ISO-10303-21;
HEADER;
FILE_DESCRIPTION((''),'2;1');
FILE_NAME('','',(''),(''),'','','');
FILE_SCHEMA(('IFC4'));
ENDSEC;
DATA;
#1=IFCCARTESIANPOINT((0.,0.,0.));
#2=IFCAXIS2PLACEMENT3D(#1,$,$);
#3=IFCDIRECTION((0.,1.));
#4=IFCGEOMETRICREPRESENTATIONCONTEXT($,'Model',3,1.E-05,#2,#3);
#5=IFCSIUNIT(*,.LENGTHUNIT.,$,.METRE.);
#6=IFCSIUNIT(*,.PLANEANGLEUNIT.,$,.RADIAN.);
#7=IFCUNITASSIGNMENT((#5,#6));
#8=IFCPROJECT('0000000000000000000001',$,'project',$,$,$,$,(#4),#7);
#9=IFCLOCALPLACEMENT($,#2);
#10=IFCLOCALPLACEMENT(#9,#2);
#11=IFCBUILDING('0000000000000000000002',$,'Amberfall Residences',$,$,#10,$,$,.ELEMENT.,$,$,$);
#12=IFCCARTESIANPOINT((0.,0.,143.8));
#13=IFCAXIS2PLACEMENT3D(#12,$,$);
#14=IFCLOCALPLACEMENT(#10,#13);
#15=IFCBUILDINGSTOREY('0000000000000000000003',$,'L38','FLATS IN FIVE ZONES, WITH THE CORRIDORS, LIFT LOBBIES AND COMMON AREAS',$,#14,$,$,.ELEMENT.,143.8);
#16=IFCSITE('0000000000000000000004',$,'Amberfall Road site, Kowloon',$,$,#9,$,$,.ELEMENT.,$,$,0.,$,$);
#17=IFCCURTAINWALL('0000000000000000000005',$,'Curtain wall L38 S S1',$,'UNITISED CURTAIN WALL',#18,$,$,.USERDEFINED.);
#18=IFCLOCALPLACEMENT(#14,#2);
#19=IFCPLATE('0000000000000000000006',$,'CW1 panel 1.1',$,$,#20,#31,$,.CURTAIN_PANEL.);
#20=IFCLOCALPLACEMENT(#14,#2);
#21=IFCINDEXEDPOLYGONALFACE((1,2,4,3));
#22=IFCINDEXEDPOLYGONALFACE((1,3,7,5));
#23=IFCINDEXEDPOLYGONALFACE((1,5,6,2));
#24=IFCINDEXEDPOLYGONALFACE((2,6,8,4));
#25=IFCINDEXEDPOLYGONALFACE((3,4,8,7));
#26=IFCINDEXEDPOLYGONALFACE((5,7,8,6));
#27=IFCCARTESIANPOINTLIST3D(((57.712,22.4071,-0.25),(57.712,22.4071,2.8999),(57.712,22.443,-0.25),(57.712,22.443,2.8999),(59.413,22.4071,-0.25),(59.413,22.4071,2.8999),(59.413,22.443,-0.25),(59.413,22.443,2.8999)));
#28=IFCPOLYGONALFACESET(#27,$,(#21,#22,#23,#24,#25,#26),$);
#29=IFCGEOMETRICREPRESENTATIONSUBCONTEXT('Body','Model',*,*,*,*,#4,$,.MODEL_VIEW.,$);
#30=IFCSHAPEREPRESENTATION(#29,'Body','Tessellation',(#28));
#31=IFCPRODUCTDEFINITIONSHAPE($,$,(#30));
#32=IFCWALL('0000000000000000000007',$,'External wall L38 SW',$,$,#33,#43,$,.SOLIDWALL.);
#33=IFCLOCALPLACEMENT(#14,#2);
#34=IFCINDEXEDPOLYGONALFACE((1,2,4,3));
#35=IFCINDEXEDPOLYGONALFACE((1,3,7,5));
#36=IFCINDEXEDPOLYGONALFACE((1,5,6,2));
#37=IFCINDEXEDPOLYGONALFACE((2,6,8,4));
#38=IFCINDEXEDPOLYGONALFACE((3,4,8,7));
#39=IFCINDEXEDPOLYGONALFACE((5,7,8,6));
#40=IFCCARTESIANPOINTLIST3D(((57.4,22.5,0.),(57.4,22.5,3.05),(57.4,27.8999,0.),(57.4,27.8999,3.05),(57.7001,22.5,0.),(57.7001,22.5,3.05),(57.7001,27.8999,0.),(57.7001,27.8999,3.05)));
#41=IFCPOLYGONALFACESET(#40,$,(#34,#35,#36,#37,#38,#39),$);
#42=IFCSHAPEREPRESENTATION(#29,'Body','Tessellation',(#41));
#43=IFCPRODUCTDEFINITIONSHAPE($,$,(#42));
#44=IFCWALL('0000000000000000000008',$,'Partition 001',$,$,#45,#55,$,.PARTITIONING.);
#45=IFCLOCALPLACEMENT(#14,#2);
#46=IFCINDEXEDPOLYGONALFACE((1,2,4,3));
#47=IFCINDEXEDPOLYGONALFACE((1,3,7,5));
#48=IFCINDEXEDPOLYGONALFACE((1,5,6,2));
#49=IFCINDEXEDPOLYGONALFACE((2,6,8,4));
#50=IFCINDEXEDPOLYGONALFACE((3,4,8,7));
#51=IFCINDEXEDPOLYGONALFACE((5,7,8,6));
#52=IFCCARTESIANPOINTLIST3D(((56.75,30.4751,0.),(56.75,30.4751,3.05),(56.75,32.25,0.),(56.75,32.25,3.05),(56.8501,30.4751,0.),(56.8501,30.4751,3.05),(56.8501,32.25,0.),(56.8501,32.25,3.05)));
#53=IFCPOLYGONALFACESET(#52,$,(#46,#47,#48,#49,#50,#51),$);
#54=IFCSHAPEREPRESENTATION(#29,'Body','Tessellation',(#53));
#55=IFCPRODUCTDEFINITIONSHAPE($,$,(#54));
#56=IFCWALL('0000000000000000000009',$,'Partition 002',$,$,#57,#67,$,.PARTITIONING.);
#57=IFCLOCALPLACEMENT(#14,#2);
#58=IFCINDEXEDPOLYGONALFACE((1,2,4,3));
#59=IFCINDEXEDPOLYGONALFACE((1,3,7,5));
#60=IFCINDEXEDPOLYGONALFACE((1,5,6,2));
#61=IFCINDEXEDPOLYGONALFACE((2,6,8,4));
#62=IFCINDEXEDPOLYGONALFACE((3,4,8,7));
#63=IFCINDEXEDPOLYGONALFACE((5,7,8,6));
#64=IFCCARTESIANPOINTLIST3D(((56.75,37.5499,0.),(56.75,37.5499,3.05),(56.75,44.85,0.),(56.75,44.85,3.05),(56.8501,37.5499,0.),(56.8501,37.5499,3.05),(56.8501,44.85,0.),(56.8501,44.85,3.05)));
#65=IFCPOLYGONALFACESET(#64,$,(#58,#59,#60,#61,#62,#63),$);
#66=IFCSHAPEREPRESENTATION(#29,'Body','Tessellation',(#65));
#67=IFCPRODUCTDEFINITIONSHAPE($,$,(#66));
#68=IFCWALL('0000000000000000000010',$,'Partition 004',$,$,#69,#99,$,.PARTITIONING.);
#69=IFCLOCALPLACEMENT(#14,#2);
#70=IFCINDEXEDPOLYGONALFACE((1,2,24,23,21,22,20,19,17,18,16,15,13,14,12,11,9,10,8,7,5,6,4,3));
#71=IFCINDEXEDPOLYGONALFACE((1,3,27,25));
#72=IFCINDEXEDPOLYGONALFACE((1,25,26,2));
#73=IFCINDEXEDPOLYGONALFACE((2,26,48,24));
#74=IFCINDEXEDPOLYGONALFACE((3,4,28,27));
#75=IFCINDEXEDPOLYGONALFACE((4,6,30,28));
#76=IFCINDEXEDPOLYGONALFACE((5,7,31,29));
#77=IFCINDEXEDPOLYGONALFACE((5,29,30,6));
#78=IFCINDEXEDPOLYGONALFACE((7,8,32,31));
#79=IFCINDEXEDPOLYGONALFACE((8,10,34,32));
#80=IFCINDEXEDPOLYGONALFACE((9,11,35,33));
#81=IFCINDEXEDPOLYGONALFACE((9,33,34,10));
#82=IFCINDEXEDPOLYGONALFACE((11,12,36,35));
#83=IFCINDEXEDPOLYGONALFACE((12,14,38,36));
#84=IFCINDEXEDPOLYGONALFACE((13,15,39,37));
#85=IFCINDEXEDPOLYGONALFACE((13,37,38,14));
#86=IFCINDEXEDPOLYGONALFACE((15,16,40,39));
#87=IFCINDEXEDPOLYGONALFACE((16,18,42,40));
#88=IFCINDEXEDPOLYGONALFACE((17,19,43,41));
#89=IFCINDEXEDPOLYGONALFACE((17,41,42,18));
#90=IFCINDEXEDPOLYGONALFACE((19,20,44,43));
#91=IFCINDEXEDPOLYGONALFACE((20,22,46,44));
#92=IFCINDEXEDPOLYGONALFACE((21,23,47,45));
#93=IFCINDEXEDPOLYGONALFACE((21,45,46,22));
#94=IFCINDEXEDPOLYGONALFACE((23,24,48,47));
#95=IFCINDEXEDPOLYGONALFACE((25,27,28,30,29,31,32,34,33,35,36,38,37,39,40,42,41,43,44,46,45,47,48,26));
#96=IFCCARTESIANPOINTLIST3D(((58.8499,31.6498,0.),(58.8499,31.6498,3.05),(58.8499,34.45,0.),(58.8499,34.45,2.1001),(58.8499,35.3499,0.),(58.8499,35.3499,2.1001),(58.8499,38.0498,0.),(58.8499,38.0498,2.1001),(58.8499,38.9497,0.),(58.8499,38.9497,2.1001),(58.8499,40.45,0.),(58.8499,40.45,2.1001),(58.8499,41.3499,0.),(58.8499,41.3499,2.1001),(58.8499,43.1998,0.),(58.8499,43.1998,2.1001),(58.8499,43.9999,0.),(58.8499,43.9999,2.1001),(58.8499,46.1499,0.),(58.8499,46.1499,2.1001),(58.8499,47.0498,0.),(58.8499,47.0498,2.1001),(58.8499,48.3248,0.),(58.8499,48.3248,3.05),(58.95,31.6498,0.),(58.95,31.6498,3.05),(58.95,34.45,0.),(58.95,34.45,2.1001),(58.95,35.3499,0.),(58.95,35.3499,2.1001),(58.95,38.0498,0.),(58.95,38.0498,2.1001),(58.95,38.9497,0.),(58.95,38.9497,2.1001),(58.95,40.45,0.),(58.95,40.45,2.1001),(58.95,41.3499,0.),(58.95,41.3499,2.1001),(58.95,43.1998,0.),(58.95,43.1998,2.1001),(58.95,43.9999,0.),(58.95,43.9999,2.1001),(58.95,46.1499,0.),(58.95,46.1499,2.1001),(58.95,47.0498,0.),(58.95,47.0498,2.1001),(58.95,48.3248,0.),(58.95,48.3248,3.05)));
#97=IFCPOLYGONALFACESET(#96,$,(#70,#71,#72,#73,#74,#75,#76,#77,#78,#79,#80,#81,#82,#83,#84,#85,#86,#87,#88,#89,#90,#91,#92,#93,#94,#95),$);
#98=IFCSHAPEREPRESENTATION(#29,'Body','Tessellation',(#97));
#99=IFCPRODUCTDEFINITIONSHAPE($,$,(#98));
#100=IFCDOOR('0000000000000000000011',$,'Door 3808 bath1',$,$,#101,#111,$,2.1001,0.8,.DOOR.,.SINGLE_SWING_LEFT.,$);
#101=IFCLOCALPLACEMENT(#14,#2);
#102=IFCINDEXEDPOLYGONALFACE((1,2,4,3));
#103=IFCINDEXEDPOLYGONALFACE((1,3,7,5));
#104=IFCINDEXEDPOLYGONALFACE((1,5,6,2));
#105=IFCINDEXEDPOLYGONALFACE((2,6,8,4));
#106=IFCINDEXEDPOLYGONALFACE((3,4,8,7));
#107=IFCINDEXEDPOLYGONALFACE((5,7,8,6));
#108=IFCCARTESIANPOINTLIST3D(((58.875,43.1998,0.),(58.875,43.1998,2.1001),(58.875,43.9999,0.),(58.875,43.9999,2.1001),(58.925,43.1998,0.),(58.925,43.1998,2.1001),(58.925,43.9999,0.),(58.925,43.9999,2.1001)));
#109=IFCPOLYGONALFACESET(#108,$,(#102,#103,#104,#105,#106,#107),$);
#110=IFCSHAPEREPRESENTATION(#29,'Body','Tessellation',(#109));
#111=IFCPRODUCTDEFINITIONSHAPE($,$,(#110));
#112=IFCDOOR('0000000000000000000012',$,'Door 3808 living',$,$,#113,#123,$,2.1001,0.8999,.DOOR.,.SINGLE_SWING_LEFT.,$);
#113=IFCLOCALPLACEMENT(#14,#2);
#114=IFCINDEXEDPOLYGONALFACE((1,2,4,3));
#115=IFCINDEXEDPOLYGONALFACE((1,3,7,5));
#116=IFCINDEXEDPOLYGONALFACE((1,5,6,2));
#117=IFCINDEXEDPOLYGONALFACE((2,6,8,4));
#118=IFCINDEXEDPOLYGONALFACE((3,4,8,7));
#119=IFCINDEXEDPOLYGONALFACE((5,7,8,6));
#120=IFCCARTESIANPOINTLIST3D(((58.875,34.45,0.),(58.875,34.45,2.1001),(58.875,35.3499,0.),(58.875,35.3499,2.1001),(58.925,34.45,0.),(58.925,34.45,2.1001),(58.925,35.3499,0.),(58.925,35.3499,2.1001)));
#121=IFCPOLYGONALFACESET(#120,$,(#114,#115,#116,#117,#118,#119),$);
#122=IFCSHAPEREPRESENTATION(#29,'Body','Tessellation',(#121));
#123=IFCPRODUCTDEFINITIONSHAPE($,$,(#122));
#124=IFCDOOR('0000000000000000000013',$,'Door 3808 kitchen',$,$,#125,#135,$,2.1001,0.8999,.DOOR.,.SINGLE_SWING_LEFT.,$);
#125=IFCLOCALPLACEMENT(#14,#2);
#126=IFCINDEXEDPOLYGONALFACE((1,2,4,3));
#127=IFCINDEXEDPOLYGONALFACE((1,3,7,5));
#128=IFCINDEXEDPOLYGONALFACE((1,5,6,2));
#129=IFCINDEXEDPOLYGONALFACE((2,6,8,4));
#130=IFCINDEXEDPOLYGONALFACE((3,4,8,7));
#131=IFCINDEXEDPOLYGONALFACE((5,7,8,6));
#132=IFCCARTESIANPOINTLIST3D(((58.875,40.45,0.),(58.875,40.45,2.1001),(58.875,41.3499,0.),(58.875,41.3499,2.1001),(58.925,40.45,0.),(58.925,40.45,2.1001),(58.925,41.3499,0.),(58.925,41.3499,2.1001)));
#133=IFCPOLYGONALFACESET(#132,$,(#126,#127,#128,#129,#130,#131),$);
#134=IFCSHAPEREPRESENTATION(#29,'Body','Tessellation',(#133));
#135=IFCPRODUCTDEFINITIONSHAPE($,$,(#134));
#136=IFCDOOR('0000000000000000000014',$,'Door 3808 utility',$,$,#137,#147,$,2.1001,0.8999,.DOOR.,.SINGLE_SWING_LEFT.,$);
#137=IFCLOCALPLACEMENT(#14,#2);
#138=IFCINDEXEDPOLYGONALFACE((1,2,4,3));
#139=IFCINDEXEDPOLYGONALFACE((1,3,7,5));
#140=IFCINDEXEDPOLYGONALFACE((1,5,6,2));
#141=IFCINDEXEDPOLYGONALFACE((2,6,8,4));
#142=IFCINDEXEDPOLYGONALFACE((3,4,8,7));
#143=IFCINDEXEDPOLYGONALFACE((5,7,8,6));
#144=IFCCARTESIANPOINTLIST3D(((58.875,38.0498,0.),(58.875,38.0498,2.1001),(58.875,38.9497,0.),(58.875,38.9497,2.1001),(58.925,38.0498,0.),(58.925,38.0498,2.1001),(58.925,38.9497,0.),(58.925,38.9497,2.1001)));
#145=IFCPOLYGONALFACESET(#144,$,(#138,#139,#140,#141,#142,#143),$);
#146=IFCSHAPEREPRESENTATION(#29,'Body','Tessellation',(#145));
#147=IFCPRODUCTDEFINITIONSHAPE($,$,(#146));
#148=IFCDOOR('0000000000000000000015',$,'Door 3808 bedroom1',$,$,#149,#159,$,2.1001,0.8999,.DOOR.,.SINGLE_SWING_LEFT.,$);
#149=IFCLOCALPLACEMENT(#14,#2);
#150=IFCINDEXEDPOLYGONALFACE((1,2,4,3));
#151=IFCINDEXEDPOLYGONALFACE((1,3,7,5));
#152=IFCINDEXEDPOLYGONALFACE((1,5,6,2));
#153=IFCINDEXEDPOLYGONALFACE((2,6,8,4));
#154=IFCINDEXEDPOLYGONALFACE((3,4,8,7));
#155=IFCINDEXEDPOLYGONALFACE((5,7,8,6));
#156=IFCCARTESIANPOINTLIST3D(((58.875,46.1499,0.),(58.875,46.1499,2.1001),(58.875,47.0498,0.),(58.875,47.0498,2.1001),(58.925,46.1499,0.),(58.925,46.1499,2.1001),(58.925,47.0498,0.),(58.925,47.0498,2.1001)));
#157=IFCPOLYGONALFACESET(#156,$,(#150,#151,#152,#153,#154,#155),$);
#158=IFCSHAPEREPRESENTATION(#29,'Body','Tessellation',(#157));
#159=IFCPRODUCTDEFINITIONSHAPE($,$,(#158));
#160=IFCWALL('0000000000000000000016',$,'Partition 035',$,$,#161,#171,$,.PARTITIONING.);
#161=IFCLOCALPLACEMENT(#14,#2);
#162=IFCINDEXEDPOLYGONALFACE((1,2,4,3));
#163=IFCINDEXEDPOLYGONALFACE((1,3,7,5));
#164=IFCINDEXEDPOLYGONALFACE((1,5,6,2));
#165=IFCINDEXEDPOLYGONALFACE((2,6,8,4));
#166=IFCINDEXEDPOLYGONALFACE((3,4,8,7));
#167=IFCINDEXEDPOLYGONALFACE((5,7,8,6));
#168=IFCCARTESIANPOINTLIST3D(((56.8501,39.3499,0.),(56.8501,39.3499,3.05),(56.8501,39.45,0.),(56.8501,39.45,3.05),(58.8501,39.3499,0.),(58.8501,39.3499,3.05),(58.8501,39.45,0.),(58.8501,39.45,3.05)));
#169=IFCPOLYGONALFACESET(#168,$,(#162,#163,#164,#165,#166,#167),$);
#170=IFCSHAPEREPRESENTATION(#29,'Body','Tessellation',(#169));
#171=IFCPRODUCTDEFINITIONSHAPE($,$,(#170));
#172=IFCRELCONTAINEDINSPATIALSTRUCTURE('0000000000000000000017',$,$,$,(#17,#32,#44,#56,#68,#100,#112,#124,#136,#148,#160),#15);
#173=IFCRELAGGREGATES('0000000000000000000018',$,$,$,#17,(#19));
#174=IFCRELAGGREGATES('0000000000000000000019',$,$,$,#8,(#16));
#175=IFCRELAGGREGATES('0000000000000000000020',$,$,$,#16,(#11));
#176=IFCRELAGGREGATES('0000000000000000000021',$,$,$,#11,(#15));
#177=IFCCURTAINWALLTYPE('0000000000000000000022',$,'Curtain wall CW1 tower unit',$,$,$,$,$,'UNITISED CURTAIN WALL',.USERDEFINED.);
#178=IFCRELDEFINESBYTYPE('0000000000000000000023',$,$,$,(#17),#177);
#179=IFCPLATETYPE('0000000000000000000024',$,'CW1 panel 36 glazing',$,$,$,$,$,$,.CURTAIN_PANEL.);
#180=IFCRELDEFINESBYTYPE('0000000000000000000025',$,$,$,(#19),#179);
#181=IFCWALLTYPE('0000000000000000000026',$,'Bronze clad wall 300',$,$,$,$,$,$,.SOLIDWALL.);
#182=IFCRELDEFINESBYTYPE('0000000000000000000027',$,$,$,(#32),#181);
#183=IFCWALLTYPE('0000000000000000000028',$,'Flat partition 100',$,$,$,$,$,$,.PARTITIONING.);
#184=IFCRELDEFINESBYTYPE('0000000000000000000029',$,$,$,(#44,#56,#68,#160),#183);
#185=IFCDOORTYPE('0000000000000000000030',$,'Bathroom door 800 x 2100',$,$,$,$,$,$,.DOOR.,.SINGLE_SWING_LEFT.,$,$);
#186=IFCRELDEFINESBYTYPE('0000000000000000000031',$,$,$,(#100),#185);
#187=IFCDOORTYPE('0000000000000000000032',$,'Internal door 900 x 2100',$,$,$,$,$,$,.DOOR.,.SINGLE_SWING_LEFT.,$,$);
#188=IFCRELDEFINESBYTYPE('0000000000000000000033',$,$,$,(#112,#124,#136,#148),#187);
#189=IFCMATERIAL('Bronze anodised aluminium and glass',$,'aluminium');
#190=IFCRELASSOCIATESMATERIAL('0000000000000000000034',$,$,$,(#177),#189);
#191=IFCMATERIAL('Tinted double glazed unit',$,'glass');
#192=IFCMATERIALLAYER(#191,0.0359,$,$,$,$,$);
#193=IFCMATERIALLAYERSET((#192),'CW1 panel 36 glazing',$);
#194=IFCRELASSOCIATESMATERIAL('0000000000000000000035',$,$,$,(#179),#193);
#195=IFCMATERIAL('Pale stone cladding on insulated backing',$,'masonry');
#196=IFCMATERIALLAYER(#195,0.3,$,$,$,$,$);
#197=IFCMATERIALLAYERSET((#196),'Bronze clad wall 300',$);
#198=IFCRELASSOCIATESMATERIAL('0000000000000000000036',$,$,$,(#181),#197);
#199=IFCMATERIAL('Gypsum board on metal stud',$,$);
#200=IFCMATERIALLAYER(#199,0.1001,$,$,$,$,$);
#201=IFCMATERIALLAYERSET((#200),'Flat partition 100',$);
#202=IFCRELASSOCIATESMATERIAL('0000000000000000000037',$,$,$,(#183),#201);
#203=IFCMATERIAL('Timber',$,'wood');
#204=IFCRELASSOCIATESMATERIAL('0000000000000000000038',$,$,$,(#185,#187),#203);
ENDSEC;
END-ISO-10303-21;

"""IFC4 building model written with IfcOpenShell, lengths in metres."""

from ifc_helpers import new_model, si_unit, direction, frame, frame_2d, origin, origin_2d, place, context, subcontext, project, spatial, rectangle, extrude, material, layer, layer_set, type_object, element, fill, aggregate, save


model = new_model("IFC4")

# Units and contexts
model_context = context("Model", 3, precision=1e-05, world=origin(), true_north=direction((0.0, 1.0)))
body_context = subcontext(model_context, "Body", "Model", "MODEL_VIEW")
ifc_project = project(units=[si_unit("LENGTHUNIT", "METRE"), si_unit("PLANEANGLEUNIT", "RADIAN")], contexts=[model_context])

# Site, building, storey
site_placement = place(None, origin())
site = spatial("IfcSite", under=ifc_project, at=site_placement, Name="Amberfall Road site, Kowloon", CompositionType="ELEMENT", RefElevation=0.0)
building_placement = place(site_placement, origin())
building = spatial("IfcBuilding", under=site, at=building_placement, Name="Amberfall Residences", CompositionType="ELEMENT")
storey_placement = place(building_placement, frame((0.0, 0.0, 143.8)))
storey = spatial("IfcBuildingStorey", under=building, at=storey_placement, Name="L38", Description="FLATS IN FIVE ZONES, WITH THE CORRIDORS, LIFT LOBBIES AND COMMON AREAS", CompositionType="ELEMENT", Elevation=143.8)

# Curtain wall
ifc_material_1 = material(Name="Bronze anodised aluminium and glass", Category="aluminium")
curtain_wall_type = type_object("IfcCurtainWallType", Name="Curtain wall CW1 tower unit", ElementType="UNITISED CURTAIN WALL", PredefinedType="USERDEFINED", material=ifc_material_1)
curtain_wall_placement = place(storey_placement, origin())
curtain_wall = element("IfcCurtainWall", 1, at=curtain_wall_placement, inside=storey, type_object=curtain_wall_type, Name="Curtain wall L38 S S1", ObjectType="UNITISED CURTAIN WALL", PredefinedType="USERDEFINED")

# Plate
ifc_material_2 = material(Name="Tinted double glazed unit", Category="glass")
ifc_layer_1 = layer(ifc_material_2, 0.0359)
ifc_layer_set_1 = layer_set([ifc_layer_1], Name="CW1 panel 36 glazing")
plate_type = type_object("IfcPlateType", Name="CW1 panel 36 glazing", PredefinedType="CURTAIN_PANEL", material=ifc_layer_set_1)
plate_placement = place(storey_placement, frame((58.5625, 22.425, -0.25), z_axis=(0.0, 0.0, 1.0), x_axis=(1.0, 0.0, 0.0)))
plate = element("IfcPlate", 2, at=plate_placement, type_object=plate_type, Name="CW1 panel 1.1", PredefinedType="CURTAIN_PANEL", context=body_context, shape_type="SweptSolid", body=[
    extrude(rectangle(XDim=1.7009, YDim=0.0359, at=origin_2d()), origin(), (0.0, 0.0, 1.0), 3.1499),
])
aggregate(curtain_wall, [plate])

# Walls
ifc_material_3 = material(Name="Pale stone cladding on insulated backing", Category="masonry")
ifc_layer_2 = layer(ifc_material_3, 0.3)
ifc_layer_set_2 = layer_set([ifc_layer_2], Name="Bronze clad wall 300")
wall_type_1 = type_object("IfcWallType", Name="Bronze clad wall 300", PredefinedType="SOLIDWALL", material=ifc_layer_set_2)
wall_1_placement = place(storey_placement, frame((57.55, 27.8999, 0.0), z_axis=(0.0, 0.0, 1.0), x_axis=(0.0, -1.0, 0.0)))
element("IfcWall", 3, at=wall_1_placement, inside=storey, type_object=wall_type_1, Name="External wall L38 SW", PredefinedType="SOLIDWALL", context=body_context, shape_type="SweptSolid", body=[
    extrude(rectangle(XDim=5.3999, YDim=0.3, at=frame_2d((2.7, 0.0))), origin(), (0.0, 0.0, 1.0), 3.05),
])
ifc_material_4 = material(Name="Gypsum board on metal stud")
ifc_layer_3 = layer(ifc_material_4, 0.1001)
ifc_layer_set_3 = layer_set([ifc_layer_3], Name="Flat partition 100")
wall_type_2 = type_object("IfcWallType", Name="Flat partition 100", PredefinedType="PARTITIONING", material=ifc_layer_set_3)
wall_2_placement = place(storey_placement, frame((56.8, 30.4751, 0.0), z_axis=(0.0, 0.0, 1.0), x_axis=(0.0, 1.0, 0.0)))
element("IfcWall", 4, at=wall_2_placement, inside=storey, type_object=wall_type_2, Name="Partition 001", PredefinedType="PARTITIONING", context=body_context, shape_type="SweptSolid", body=[
    extrude(rectangle(XDim=1.7749, YDim=0.1001, at=frame_2d((0.8875, 0.0))), origin(), (0.0, 0.0, 1.0), 3.05),
])
wall_3_placement = place(storey_placement, frame((56.8, 37.55, 0.0), z_axis=(0.0, 0.0, 1.0), x_axis=(0.0, 1.0, 0.0)))
element("IfcWall", 5, at=wall_3_placement, inside=storey, type_object=wall_type_2, Name="Partition 002", PredefinedType="PARTITIONING", context=body_context, shape_type="SweptSolid", body=[
    extrude(rectangle(XDim=7.3, YDim=0.1001, at=frame_2d((3.6499, 0.0))), origin(), (0.0, 0.0, 1.0), 3.05),
])

# Wall, openings, doors
wall_4_placement = place(storey_placement, frame((58.8999, 31.6499, 0.0), z_axis=(0.0, 0.0, 1.0), x_axis=(0.0, 1.0, 0.0)))
wall_4 = element("IfcWall", 6, at=wall_4_placement, inside=storey, type_object=wall_type_2, Name="Partition 004", PredefinedType="PARTITIONING", context=body_context, shape_type="SweptSolid", body=[
    extrude(rectangle(XDim=16.675, YDim=0.1001, at=frame_2d((8.3374, 0.0))), origin(), (0.0, 0.0, 1.0), 3.05),
])
opening_1_placement = place(wall_4_placement, frame((2.8, 0.0, 0.0)))
opening_1 = element("IfcOpeningElement", 7, at=opening_1_placement, cuts=wall_4, PredefinedType="OPENING", context=body_context, shape_type="SweptSolid", body=[
    extrude(rectangle(XDim=0.8999, YDim=2.1001, at=frame_2d((0.45, 1.05))), frame((0.0, 0.0601, 0.0), z_axis=(0.0, -1.0, 0.0), x_axis=(1.0, 0.0, 0.0)), (0.0, 0.0, 1.0), 0.1201),
])
opening_2_placement = place(wall_4_placement, frame((8.8, 0.0, 0.0)))
opening_2 = element("IfcOpeningElement", 8, at=opening_2_placement, cuts=wall_4, PredefinedType="OPENING", context=body_context, shape_type="SweptSolid", body=[
    extrude(rectangle(XDim=0.8999, YDim=2.1001, at=frame_2d((0.45, 1.05))), frame((0.0, 0.0601, 0.0), z_axis=(0.0, -1.0, 0.0), x_axis=(1.0, 0.0, 0.0)), (0.0, 0.0, 1.0), 0.1201),
])
opening_3_placement = place(wall_4_placement, frame((6.3999, 0.0, 0.0)))
opening_3 = element("IfcOpeningElement", 9, at=opening_3_placement, cuts=wall_4, PredefinedType="OPENING", context=body_context, shape_type="SweptSolid", body=[
    extrude(rectangle(XDim=0.8999, YDim=2.1001, at=frame_2d((0.45, 1.05))), frame((0.0, 0.0601, 0.0), z_axis=(0.0, -1.0, 0.0), x_axis=(1.0, 0.0, 0.0)), (0.0, 0.0, 1.0), 0.1201),
])
opening_4_placement = place(wall_4_placement, frame((14.5, 0.0, 0.0)))
opening_4 = element("IfcOpeningElement", 10, at=opening_4_placement, cuts=wall_4, PredefinedType="OPENING", context=body_context, shape_type="SweptSolid", body=[
    extrude(rectangle(XDim=0.8999, YDim=2.1001, at=frame_2d((0.45, 1.05))), frame((0.0, 0.0601, 0.0), z_axis=(0.0, -1.0, 0.0), x_axis=(1.0, 0.0, 0.0)), (0.0, 0.0, 1.0), 0.1201),
])
opening_5_placement = place(wall_4_placement, frame((11.55, 0.0, 0.0)))
opening_5 = element("IfcOpeningElement", 11, at=opening_5_placement, cuts=wall_4, PredefinedType="OPENING", context=body_context, shape_type="SweptSolid", body=[
    extrude(rectangle(XDim=0.8, YDim=2.1001, at=frame_2d((0.3999, 1.05))), frame((0.0, 0.0601, 0.0), z_axis=(0.0, -1.0, 0.0), x_axis=(1.0, 0.0, 0.0)), (0.0, 0.0, 1.0), 0.1201),
])
ifc_material_5 = material(Name="Timber", Category="wood")
door_type_1 = type_object("IfcDoorType", Name="Bathroom door 800 x 2100", OperationType="SINGLE_SWING_LEFT", PredefinedType="DOOR", material=ifc_material_5)
door_1_placement = place(opening_5_placement, origin())
door_1 = element("IfcDoor", 12, at=door_1_placement, inside=storey, type_object=door_type_1, Name="Door 3808 bath1", OperationType="SINGLE_SWING_LEFT", OverallHeight=2.1001, OverallWidth=0.8, PredefinedType="DOOR", context=body_context, shape_type="SweptSolid", body=[
    extrude(rectangle(XDim=0.8, YDim=2.1001, at=frame_2d((0.3999, 1.05))), frame((0.0, 0.0249, 0.0), z_axis=(0.0, -1.0, 0.0), x_axis=(1.0, 0.0, 0.0)), (0.0, 0.0, 1.0), 0.05),
])
fill(opening_5, door_1)
door_type_2 = type_object("IfcDoorType", Name="Internal door 900 x 2100", OperationType="SINGLE_SWING_LEFT", PredefinedType="DOOR", material=ifc_material_5)
door_2_placement = place(opening_1_placement, origin())
door_2 = element("IfcDoor", 13, at=door_2_placement, inside=storey, type_object=door_type_2, Name="Door 3808 living", OperationType="SINGLE_SWING_LEFT", OverallHeight=2.1001, OverallWidth=0.8999, PredefinedType="DOOR", context=body_context, shape_type="SweptSolid", body=[
    extrude(rectangle(XDim=0.8999, YDim=2.1001, at=frame_2d((0.45, 1.05))), frame((0.0, 0.0249, 0.0), z_axis=(0.0, -1.0, 0.0), x_axis=(1.0, 0.0, 0.0)), (0.0, 0.0, 1.0), 0.05),
])
fill(opening_1, door_2)
door_3_placement = place(opening_2_placement, origin())
door_3 = element("IfcDoor", 14, at=door_3_placement, inside=storey, type_object=door_type_2, Name="Door 3808 kitchen", OperationType="SINGLE_SWING_LEFT", OverallHeight=2.1001, OverallWidth=0.8999, PredefinedType="DOOR", context=body_context, shape_type="SweptSolid", body=[
    extrude(rectangle(XDim=0.8999, YDim=2.1001, at=frame_2d((0.45, 1.05))), frame((0.0, 0.0249, 0.0), z_axis=(0.0, -1.0, 0.0), x_axis=(1.0, 0.0, 0.0)), (0.0, 0.0, 1.0), 0.05),
])
fill(opening_2, door_3)
door_4_placement = place(opening_3_placement, origin())
door_4 = element("IfcDoor", 15, at=door_4_placement, inside=storey, type_object=door_type_2, Name="Door 3808 utility", OperationType="SINGLE_SWING_LEFT", OverallHeight=2.1001, OverallWidth=0.8999, PredefinedType="DOOR", context=body_context, shape_type="SweptSolid", body=[
    extrude(rectangle(XDim=0.8999, YDim=2.1001, at=frame_2d((0.45, 1.05))), frame((0.0, 0.0249, 0.0), z_axis=(0.0, -1.0, 0.0), x_axis=(1.0, 0.0, 0.0)), (0.0, 0.0, 1.0), 0.05),
])
fill(opening_3, door_4)
door_5_placement = place(opening_4_placement, origin())
door_5 = element("IfcDoor", 16, at=door_5_placement, inside=storey, type_object=door_type_2, Name="Door 3808 bedroom1", OperationType="SINGLE_SWING_LEFT", OverallHeight=2.1001, OverallWidth=0.8999, PredefinedType="DOOR", context=body_context, shape_type="SweptSolid", body=[
    extrude(rectangle(XDim=0.8999, YDim=2.1001, at=frame_2d((0.45, 1.05))), frame((0.0, 0.0249, 0.0), z_axis=(0.0, -1.0, 0.0), x_axis=(1.0, 0.0, 0.0)), (0.0, 0.0, 1.0), 0.05),
])
fill(opening_4, door_5)

# Wall
for number, where, z_axis, x_axis, name in (
    (17, (56.8501, 39.3999, 0.0), (0.0, 0.0, 1.0), (1.0, 0.0, 0.0), "Partition 035"),
):
    element("IfcWall", number, at=place(storey_placement, frame(where, z_axis=z_axis, x_axis=x_axis)), inside=storey, type_object=wall_type_2, Name=name, PredefinedType="PARTITIONING", context=body_context, shape_type="SweptSolid", body=[
        extrude(rectangle(XDim=2.0, YDim=0.1001, at=frame_2d((1.0, 0.0))), origin(), (0.0, 0.0, 1.0), 3.05),
    ])

save(model, "model.ifc")
